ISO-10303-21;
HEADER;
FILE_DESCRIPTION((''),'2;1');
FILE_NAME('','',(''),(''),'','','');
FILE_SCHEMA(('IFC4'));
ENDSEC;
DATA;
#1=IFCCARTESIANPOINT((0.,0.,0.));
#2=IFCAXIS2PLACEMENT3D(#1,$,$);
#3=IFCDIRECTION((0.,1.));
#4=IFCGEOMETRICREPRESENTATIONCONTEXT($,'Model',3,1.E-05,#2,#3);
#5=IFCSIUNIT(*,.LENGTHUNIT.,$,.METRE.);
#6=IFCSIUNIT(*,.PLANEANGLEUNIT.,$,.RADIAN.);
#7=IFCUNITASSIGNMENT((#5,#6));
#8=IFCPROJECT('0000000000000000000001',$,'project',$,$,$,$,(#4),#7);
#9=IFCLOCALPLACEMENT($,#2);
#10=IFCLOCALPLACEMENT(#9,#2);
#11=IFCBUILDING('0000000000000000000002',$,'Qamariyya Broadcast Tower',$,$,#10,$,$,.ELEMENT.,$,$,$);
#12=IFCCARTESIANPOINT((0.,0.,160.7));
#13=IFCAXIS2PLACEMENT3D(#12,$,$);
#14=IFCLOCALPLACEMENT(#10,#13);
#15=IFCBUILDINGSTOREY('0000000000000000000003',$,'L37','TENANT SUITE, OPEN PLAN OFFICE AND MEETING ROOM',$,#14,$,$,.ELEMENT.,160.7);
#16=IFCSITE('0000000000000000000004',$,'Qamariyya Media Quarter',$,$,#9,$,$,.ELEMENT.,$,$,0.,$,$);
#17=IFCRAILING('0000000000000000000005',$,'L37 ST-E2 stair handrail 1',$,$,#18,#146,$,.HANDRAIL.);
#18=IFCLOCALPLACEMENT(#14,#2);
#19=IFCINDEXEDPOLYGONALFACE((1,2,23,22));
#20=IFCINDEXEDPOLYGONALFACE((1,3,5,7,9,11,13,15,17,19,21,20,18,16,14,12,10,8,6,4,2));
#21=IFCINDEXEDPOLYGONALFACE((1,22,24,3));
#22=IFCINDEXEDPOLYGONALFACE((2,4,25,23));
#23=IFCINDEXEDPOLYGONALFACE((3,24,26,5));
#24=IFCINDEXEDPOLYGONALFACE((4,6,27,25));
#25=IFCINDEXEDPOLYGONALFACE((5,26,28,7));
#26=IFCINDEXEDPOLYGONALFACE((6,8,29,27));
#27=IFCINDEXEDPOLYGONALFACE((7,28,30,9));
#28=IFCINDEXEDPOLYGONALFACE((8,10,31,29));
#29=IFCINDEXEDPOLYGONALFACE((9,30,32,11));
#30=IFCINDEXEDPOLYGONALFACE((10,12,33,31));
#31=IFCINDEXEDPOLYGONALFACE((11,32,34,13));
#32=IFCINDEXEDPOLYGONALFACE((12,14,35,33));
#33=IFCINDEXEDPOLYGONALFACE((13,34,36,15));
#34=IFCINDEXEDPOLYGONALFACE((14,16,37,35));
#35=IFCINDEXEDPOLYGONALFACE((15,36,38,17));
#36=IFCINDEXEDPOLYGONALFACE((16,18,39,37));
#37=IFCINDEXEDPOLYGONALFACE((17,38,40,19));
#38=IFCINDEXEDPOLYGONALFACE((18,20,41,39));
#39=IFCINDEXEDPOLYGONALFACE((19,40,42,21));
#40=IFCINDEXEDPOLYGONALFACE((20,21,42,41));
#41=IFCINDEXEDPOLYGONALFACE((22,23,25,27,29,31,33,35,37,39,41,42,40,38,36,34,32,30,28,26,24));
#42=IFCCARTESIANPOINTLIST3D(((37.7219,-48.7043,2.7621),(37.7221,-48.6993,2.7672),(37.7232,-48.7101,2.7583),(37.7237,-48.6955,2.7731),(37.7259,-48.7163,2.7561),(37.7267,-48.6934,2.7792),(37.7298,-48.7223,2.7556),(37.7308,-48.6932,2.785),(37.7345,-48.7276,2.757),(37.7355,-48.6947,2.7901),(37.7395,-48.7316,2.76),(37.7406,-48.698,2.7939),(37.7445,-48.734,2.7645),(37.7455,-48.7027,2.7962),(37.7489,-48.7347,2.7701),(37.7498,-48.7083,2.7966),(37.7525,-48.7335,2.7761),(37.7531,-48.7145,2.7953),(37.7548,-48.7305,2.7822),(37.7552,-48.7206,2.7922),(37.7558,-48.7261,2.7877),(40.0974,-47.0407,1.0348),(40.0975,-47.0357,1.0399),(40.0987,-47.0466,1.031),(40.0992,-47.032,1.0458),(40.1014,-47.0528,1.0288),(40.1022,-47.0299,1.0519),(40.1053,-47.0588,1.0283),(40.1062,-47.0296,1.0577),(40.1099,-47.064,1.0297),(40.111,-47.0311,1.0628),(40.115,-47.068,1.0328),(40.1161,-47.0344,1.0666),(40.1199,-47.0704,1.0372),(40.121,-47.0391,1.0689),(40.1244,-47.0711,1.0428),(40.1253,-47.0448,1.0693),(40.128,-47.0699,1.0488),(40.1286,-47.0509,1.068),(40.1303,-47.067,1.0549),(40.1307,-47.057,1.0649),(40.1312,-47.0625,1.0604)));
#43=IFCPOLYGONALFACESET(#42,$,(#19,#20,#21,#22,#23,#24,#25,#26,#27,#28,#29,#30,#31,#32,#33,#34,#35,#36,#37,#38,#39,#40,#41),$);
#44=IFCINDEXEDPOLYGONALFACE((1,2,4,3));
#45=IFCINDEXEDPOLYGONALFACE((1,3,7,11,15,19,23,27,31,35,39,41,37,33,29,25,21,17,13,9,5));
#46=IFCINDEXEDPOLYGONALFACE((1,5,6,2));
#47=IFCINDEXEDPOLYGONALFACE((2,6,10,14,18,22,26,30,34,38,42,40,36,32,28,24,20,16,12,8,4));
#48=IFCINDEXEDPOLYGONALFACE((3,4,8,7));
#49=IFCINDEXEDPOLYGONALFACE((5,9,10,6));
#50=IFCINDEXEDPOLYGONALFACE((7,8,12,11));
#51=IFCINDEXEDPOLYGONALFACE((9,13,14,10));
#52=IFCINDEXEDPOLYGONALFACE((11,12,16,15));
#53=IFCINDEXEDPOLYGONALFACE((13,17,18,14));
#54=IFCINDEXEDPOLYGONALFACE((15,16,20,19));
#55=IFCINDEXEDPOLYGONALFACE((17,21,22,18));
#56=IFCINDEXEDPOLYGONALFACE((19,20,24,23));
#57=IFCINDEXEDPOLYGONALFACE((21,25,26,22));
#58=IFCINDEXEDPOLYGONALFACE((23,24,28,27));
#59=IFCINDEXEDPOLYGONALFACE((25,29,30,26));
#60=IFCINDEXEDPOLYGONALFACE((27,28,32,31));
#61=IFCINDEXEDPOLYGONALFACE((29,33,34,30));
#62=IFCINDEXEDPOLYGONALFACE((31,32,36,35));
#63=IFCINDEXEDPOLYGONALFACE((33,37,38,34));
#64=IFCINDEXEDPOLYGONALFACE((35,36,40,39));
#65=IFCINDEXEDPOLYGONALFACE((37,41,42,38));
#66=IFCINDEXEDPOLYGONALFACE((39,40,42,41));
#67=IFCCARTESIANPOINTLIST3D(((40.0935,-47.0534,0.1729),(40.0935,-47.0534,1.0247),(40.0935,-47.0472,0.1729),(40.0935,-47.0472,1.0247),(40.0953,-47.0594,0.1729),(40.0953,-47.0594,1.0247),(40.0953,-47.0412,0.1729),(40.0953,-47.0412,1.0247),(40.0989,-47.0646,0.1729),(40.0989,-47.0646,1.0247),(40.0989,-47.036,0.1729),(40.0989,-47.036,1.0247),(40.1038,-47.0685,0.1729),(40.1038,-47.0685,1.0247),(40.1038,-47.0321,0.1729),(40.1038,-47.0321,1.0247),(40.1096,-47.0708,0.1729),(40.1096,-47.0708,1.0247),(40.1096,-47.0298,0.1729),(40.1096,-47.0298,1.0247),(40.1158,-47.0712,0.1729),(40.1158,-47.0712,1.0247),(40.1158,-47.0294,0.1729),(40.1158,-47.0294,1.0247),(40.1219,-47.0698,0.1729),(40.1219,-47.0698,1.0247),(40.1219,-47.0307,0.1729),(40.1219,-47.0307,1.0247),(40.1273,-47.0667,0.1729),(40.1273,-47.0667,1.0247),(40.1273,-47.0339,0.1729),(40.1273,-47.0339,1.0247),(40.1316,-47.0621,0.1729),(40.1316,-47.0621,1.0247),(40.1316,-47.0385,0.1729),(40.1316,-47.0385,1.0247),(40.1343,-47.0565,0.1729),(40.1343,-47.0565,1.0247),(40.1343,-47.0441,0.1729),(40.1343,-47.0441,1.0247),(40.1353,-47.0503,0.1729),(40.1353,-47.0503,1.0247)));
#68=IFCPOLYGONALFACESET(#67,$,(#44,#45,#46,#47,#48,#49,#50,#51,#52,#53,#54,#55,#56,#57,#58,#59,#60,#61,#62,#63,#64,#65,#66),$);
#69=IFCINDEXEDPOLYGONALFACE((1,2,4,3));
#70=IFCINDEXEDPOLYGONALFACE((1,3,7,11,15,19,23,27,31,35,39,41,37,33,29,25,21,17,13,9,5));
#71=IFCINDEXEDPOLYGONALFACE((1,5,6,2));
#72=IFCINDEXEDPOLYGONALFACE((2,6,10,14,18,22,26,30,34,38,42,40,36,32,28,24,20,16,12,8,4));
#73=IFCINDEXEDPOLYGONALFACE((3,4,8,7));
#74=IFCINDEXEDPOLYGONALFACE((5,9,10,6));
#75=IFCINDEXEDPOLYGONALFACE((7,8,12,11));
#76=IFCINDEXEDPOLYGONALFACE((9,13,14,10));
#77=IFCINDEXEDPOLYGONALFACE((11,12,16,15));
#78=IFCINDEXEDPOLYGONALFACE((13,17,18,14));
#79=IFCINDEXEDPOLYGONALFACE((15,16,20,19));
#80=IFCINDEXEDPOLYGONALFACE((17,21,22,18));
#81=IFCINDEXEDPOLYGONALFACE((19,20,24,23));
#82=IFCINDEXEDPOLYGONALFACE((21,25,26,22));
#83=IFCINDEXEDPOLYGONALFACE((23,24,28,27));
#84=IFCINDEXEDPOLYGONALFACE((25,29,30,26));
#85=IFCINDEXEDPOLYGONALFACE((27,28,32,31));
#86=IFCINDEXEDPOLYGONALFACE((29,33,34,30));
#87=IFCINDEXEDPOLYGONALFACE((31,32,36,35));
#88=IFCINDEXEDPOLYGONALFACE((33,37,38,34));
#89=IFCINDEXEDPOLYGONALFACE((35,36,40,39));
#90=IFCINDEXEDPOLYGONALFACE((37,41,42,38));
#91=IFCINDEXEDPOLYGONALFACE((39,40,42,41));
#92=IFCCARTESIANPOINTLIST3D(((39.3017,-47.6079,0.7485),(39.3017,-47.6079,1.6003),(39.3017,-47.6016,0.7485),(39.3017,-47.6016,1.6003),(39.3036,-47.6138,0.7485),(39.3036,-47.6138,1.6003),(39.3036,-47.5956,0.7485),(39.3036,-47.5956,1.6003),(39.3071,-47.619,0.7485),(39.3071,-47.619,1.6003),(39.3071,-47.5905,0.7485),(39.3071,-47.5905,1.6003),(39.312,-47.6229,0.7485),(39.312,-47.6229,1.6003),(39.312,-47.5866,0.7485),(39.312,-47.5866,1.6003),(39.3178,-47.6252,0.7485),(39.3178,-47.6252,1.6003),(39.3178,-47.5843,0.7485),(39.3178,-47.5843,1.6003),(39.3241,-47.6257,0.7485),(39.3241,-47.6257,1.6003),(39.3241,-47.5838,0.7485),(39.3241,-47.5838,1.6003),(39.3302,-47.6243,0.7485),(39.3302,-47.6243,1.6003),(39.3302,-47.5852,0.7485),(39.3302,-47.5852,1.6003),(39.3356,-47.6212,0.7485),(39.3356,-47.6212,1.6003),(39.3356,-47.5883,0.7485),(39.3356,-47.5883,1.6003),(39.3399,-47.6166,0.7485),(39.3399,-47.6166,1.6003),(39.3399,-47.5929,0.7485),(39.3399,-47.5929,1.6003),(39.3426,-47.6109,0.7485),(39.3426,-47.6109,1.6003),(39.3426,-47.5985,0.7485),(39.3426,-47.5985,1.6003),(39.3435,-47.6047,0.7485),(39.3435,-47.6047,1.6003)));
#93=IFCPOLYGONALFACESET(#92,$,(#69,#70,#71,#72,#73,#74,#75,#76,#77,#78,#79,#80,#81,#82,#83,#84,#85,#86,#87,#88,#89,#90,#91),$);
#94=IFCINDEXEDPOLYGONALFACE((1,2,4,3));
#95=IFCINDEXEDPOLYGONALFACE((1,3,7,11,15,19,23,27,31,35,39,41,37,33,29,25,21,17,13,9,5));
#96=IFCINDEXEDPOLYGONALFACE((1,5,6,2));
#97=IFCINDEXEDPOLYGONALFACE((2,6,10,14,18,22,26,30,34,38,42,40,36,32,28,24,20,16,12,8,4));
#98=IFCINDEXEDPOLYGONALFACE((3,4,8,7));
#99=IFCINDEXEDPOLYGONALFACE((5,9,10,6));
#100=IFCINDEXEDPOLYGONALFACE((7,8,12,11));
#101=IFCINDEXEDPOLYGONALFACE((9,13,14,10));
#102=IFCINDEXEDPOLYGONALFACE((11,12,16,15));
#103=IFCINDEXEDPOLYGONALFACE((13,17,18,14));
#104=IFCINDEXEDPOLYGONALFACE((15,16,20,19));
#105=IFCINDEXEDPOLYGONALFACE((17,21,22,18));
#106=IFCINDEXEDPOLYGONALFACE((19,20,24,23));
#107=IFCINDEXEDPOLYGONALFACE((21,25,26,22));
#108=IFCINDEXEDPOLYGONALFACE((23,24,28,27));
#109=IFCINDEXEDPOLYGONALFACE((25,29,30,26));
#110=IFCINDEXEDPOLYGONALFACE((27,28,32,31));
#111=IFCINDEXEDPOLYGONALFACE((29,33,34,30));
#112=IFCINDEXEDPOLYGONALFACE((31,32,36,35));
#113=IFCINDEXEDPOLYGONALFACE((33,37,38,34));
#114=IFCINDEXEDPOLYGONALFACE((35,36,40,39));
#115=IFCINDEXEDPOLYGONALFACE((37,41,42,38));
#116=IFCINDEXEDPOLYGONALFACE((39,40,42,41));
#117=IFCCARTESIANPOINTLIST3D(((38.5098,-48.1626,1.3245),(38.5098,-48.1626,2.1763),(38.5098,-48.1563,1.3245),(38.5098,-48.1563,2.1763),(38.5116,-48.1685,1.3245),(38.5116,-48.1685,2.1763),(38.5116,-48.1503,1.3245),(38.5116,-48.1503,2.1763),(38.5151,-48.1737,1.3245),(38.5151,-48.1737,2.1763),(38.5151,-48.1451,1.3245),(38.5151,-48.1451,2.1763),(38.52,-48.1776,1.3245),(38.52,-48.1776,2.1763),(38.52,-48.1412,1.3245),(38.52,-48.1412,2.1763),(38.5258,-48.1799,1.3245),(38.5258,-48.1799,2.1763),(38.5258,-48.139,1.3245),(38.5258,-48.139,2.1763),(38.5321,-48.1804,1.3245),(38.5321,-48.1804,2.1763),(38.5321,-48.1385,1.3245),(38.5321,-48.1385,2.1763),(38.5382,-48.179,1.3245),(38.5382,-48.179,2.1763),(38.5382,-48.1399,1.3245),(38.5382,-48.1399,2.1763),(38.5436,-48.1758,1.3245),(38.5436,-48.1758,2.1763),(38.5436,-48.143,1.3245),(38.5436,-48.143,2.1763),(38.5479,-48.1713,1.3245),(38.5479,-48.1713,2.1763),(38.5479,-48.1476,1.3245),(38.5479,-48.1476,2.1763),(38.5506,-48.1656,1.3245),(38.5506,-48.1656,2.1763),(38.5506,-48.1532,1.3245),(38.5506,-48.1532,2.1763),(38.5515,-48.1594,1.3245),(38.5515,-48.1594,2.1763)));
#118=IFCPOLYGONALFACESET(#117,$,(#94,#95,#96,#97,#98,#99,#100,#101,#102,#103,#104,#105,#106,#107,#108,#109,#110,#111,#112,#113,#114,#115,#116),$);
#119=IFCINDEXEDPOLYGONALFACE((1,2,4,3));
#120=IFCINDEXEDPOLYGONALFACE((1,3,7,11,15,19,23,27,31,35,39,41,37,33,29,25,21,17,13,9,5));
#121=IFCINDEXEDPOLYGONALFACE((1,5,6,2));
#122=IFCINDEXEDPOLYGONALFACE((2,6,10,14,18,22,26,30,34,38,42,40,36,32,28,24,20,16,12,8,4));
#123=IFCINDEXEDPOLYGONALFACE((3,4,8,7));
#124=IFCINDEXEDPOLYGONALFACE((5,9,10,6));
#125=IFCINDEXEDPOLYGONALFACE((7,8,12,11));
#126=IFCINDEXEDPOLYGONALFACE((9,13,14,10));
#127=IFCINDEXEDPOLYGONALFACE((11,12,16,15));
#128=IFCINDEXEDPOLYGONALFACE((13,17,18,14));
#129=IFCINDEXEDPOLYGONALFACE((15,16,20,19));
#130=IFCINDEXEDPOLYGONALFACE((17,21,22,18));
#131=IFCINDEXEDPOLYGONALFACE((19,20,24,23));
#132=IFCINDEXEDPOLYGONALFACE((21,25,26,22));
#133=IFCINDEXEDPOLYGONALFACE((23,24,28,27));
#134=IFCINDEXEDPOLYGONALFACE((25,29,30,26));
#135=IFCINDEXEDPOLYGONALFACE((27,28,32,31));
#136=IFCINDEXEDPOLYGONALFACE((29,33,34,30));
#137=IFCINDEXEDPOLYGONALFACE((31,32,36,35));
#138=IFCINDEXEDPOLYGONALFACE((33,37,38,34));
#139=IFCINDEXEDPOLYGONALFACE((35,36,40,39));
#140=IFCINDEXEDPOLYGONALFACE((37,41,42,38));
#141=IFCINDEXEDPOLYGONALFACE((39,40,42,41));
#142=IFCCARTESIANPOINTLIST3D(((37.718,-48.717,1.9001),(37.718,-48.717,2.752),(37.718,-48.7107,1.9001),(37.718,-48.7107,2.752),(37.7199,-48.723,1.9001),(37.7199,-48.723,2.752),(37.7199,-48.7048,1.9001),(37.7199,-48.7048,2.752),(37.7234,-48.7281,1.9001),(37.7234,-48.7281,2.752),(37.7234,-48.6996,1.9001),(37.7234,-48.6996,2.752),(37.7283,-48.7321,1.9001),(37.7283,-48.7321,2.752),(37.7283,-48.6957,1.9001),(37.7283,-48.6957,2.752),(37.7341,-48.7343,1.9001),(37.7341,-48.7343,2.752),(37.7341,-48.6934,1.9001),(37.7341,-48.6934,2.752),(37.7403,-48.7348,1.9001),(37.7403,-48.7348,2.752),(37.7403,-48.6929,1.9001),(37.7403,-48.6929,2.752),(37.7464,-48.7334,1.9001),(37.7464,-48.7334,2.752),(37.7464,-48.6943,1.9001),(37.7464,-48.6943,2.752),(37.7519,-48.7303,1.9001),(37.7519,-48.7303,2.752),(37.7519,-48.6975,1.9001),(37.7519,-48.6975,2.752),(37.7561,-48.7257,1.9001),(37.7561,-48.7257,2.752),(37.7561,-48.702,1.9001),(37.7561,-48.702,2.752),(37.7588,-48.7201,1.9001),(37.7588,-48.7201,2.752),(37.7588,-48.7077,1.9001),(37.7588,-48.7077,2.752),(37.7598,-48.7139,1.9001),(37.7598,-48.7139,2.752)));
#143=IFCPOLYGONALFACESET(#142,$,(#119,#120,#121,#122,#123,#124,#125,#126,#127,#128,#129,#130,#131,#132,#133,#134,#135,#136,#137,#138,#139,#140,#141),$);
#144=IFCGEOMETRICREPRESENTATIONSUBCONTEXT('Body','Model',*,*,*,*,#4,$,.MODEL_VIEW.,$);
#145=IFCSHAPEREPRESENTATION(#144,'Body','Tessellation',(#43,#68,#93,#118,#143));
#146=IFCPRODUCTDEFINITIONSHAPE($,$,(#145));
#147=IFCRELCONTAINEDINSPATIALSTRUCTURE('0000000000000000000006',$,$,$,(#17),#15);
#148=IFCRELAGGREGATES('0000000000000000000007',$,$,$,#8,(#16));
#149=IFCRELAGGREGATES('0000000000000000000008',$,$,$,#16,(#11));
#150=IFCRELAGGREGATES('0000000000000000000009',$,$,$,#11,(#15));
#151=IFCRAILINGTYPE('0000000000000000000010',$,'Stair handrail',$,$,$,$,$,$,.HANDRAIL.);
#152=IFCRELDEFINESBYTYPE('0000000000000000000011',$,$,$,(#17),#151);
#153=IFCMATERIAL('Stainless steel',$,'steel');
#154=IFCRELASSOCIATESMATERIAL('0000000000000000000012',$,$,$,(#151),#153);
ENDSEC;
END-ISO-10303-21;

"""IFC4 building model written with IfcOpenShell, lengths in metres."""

from ifc_helpers import new_model, si_unit, direction, frame, origin, origin_2d, place, context, subcontext, project, spatial, circle, extrude, material, type_object, element, save


model = new_model("IFC4")

# Units and contexts
model_context = context("Model", 3, precision=1e-05, world=origin(), true_north=direction((0.0, 1.0)))
body_context = subcontext(model_context, "Body", "Model", "MODEL_VIEW")
ifc_project = project(units=[si_unit("LENGTHUNIT", "METRE"), si_unit("PLANEANGLEUNIT", "RADIAN")], contexts=[model_context])

# Site, building, storey
site_placement = place(None, origin())
site = spatial("IfcSite", under=ifc_project, at=site_placement, Name="Qamariyya Media Quarter", CompositionType="ELEMENT", RefElevation=0.0)
building_placement = place(site_placement, origin())
building = spatial("IfcBuilding", under=site, at=building_placement, Name="Qamariyya Broadcast Tower", CompositionType="ELEMENT")
storey_placement = place(building_placement, frame((0.0, 0.0, 160.7)))
storey = spatial("IfcBuildingStorey", under=building, at=storey_placement, Name="L37", Description="TENANT SUITE, OPEN PLAN OFFICE AND MEETING ROOM", CompositionType="ELEMENT", Elevation=160.7)

# Railing
ifc_material_1 = material(Name="Stainless steel", Category="steel")
railing_type_1 = type_object("IfcRailingType", Name="Stair handrail", PredefinedType="HANDRAIL", material=ifc_material_1)
railing_1_placement = place(storey_placement, frame((40.1143, -47.0503, 0.1729)))
element("IfcRailing", 1, at=railing_1_placement, inside=storey, type_object=railing_type_1, Name="L37 ST-E2 stair handrail 1", PredefinedType="HANDRAIL", context=body_context, shape_type="SweptSolid", body=[
    extrude(circle(Radius=0.0239, at=origin_2d()), frame((0.0, 0.0, 0.876), z_axis=(-0.703745, -0.492838, 0.511716), x_axis=(0.573632, -0.819113, 0.0)), (0.0, 0.0, 1.0), 3.3755),
    extrude(circle(Radius=0.021, at=origin_2d()), origin(), (0.0, 0.0, 1.0), 0.8518),
    extrude(circle(Radius=0.021, at=origin_2d()), frame((-0.7917, -0.5544, 0.5757)), (0.0, 0.0, 1.0), 0.8518),
    extrude(circle(Radius=0.021, at=origin_2d()), frame((-1.5837, -1.1091, 1.1516)), (0.0, 0.0, 1.0), 0.8518),
    extrude(circle(Radius=0.021, at=origin_2d()), frame((-2.3755, -1.6636, 1.7273)), (0.0, 0.0, 1.0), 0.8518),
])

save(model, "model.ifc")
